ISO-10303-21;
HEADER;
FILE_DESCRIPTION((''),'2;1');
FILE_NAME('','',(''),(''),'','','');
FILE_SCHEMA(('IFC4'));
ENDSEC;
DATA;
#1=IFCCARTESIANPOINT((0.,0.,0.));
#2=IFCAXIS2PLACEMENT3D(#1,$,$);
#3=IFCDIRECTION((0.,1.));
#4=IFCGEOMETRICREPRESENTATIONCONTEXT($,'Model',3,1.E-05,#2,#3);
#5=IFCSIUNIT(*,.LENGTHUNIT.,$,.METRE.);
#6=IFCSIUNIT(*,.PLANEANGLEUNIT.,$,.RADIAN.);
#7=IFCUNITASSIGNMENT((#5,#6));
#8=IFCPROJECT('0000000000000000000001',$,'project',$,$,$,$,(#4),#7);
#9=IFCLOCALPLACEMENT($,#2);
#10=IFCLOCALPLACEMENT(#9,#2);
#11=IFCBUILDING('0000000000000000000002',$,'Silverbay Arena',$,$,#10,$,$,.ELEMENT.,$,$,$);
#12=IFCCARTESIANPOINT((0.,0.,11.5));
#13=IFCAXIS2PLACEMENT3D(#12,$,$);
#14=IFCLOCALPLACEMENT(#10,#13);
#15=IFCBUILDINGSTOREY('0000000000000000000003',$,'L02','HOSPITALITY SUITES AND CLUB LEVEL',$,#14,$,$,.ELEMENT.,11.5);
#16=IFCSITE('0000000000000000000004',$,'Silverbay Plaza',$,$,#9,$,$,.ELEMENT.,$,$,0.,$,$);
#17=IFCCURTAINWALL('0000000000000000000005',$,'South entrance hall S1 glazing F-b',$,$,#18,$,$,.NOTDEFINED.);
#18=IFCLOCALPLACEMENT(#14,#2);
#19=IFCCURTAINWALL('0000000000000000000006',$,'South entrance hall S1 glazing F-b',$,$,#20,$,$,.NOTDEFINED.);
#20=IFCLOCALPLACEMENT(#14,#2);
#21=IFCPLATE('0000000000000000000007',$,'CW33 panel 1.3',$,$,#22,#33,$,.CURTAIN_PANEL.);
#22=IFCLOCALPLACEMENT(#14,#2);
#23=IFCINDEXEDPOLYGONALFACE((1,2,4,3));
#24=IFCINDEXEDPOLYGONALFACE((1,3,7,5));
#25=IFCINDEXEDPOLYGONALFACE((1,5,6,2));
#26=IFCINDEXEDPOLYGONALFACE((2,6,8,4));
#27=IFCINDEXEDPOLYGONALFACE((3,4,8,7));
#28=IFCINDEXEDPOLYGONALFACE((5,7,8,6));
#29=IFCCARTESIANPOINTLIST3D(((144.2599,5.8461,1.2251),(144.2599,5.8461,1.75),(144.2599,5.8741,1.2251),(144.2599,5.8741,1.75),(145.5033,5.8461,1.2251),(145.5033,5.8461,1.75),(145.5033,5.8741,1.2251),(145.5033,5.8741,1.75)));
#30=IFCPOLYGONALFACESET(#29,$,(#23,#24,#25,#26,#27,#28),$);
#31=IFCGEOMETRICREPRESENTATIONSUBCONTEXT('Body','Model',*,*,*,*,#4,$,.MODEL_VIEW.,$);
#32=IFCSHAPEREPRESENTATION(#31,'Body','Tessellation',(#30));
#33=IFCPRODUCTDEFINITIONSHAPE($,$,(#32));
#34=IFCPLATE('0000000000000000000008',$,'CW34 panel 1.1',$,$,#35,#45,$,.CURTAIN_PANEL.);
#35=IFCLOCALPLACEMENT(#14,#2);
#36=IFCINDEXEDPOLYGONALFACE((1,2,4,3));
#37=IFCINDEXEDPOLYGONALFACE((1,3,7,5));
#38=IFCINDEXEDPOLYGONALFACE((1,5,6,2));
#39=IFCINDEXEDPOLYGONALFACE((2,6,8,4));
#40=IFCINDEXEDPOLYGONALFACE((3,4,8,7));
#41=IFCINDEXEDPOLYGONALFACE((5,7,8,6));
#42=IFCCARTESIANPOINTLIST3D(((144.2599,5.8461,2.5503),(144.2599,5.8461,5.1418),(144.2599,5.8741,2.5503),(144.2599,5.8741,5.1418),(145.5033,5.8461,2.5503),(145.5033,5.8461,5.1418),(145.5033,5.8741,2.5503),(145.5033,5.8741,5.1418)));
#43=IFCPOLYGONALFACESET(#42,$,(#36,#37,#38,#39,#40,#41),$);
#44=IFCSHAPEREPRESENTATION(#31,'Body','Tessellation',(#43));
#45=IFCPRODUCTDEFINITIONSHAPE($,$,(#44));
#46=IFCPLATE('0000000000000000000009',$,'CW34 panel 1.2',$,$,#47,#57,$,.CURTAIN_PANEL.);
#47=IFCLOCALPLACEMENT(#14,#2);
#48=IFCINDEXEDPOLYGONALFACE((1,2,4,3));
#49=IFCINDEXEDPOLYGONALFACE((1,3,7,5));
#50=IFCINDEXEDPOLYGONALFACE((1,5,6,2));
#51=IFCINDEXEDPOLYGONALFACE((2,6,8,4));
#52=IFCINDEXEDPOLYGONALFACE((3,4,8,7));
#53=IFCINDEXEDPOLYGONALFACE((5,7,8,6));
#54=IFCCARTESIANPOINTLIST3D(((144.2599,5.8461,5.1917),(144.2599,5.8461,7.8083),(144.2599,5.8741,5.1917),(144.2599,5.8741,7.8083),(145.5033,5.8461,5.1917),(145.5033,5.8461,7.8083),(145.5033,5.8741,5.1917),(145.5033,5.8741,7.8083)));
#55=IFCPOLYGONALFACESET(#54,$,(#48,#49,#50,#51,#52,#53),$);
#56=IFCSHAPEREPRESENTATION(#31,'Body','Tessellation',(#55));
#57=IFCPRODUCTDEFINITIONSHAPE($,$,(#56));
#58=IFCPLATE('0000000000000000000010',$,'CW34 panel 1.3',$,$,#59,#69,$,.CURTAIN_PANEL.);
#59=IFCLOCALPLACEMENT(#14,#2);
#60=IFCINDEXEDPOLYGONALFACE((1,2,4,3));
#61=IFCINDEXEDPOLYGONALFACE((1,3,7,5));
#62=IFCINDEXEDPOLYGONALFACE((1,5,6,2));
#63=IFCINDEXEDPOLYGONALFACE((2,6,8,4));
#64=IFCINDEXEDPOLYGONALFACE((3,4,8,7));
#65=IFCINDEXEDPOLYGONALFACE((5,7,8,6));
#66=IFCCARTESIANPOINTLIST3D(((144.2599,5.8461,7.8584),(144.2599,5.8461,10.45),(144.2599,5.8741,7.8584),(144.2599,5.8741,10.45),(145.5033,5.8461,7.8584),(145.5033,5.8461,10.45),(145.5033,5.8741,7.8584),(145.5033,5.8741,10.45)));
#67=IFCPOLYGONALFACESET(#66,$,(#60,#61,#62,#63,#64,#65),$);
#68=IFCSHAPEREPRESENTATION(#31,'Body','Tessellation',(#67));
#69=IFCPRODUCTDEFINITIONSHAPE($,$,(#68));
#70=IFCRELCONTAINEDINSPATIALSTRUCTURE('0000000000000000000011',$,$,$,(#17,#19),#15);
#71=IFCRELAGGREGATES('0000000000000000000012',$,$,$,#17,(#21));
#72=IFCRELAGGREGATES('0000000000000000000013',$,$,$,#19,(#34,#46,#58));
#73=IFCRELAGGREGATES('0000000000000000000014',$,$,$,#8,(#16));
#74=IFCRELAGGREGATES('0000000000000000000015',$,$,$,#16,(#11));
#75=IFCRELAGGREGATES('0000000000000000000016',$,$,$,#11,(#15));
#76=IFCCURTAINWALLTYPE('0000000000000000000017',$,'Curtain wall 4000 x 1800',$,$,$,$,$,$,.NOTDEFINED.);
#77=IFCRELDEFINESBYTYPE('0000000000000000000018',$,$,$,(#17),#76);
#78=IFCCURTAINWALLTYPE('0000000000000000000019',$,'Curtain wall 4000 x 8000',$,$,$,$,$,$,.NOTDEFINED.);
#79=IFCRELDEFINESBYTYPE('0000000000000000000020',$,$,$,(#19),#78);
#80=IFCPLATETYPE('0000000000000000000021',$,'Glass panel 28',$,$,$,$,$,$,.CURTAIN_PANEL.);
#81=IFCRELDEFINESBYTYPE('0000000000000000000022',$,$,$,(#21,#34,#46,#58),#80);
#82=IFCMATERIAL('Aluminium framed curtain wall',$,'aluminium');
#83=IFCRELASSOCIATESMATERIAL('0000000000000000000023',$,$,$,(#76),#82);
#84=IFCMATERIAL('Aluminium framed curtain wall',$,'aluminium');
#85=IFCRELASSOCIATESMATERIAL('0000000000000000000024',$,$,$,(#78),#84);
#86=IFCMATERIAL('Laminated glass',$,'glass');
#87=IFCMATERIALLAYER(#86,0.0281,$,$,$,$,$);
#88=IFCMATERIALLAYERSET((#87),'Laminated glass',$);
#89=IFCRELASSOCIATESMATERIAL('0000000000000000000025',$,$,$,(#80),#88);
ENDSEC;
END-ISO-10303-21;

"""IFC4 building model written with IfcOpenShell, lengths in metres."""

from ifc_helpers import new_model, si_unit, direction, frame, origin, origin_2d, place, context, subcontext, project, spatial, rectangle, extrude, material, layer, layer_set, type_object, element, aggregate, save


model = new_model("IFC4")

# Units and contexts
model_context = context("Model", 3, precision=1e-05, world=origin(), true_north=direction((0.0, 1.0)))
body_context = subcontext(model_context, "Body", "Model", "MODEL_VIEW")
ifc_project = project(units=[si_unit("LENGTHUNIT", "METRE"), si_unit("PLANEANGLEUNIT", "RADIAN")], contexts=[model_context])

# Site, building, storey
site_placement = place(None, origin())
site = spatial("IfcSite", under=ifc_project, at=site_placement, Name="Silverbay Plaza", CompositionType="ELEMENT", RefElevation=0.0)
building_placement = place(site_placement, origin())
building = spatial("IfcBuilding", under=site, at=building_placement, Name="Silverbay Arena", CompositionType="ELEMENT")
storey_placement = place(building_placement, frame((0.0, 0.0, 11.5)))
storey = spatial("IfcBuildingStorey", under=building, at=storey_placement, Name="L02", Description="HOSPITALITY SUITES AND CLUB LEVEL", CompositionType="ELEMENT", Elevation=11.5)

# Curtain walls
ifc_material_1 = material(Name="Aluminium framed curtain wall", Category="aluminium")
curtain_wall_type_1 = type_object("IfcCurtainWallType", Name="Curtain wall 4000 x 1800", PredefinedType="NOTDEFINED", material=ifc_material_1)
curtain_wall_1_placement = place(storey_placement, origin())
curtain_wall_1 = element("IfcCurtainWall", 1, at=curtain_wall_1_placement, inside=storey, type_object=curtain_wall_type_1, Name="South entrance hall S1 glazing F-b", PredefinedType="NOTDEFINED")
ifc_material_2 = material(Name="Aluminium framed curtain wall", Category="aluminium")
curtain_wall_type_2 = type_object("IfcCurtainWallType", Name="Curtain wall 4000 x 8000", PredefinedType="NOTDEFINED", material=ifc_material_2)
curtain_wall_2_placement = place(storey_placement, origin())
curtain_wall_2 = element("IfcCurtainWall", 2, at=curtain_wall_2_placement, inside=storey, type_object=curtain_wall_type_2, Name="South entrance hall S1 glazing F-b", PredefinedType="NOTDEFINED")

# Plates
ifc_material_3 = material(Name="Laminated glass", Category="glass")
ifc_layer = layer(ifc_material_3, 0.0281)
ifc_layer_set = layer_set([ifc_layer], Name="Laminated glass")
plate_type = type_object("IfcPlateType", Name="Glass panel 28", PredefinedType="CURTAIN_PANEL", material=ifc_layer_set)
plate_1_placement = place(storey_placement, frame((144.8816, 5.8601, 1.2251), z_axis=(0.0, 0.0, 1.0), x_axis=(1.0, 0.0, 0.0)))
plate_1 = element("IfcPlate", 3, at=plate_1_placement, type_object=plate_type, Name="CW33 panel 1.3", PredefinedType="CURTAIN_PANEL", context=body_context, shape_type="SweptSolid", body=[
    extrude(rectangle(XDim=1.2434, YDim=0.0281, at=origin_2d()), origin(), (0.0, 0.0, 1.0), 0.5249),
])
aggregate(curtain_wall_1, [plate_1])
plate_2_placement = place(storey_placement, frame((144.8816, 5.8601, 2.5503), z_axis=(0.0, 0.0, 1.0), x_axis=(1.0, 0.0, 0.0)))
plate_2 = element("IfcPlate", 4, at=plate_2_placement, type_object=plate_type, Name="CW34 panel 1.1", PredefinedType="CURTAIN_PANEL", context=body_context, shape_type="SweptSolid", body=[
    extrude(rectangle(XDim=1.2434, YDim=0.0281, at=origin_2d()), origin(), (0.0, 0.0, 1.0), 2.5916),
])
plate_3_placement = place(storey_placement, frame((144.8816, 5.8601, 5.1917), z_axis=(0.0, 0.0, 1.0), x_axis=(1.0, 0.0, 0.0)))
plate_3 = element("IfcPlate", 5, at=plate_3_placement, type_object=plate_type, Name="CW34 panel 1.2", PredefinedType="CURTAIN_PANEL", context=body_context, shape_type="SweptSolid", body=[
    extrude(rectangle(XDim=1.2434, YDim=0.0281, at=origin_2d()), origin(), (0.0, 0.0, 1.0), 2.6167),
])
plate_4_placement = place(storey_placement, frame((144.8816, 5.8601, 7.8584), z_axis=(0.0, 0.0, 1.0), x_axis=(1.0, 0.0, 0.0)))
plate_4 = element("IfcPlate", 6, at=plate_4_placement, type_object=plate_type, Name="CW34 panel 1.3", PredefinedType="CURTAIN_PANEL", context=body_context, shape_type="SweptSolid", body=[
    extrude(rectangle(XDim=1.2434, YDim=0.0281, at=origin_2d()), origin(), (0.0, 0.0, 1.0), 2.5916),
])
aggregate(curtain_wall_2, [plate_2, plate_3, plate_4])

save(model, "model.ifc")
